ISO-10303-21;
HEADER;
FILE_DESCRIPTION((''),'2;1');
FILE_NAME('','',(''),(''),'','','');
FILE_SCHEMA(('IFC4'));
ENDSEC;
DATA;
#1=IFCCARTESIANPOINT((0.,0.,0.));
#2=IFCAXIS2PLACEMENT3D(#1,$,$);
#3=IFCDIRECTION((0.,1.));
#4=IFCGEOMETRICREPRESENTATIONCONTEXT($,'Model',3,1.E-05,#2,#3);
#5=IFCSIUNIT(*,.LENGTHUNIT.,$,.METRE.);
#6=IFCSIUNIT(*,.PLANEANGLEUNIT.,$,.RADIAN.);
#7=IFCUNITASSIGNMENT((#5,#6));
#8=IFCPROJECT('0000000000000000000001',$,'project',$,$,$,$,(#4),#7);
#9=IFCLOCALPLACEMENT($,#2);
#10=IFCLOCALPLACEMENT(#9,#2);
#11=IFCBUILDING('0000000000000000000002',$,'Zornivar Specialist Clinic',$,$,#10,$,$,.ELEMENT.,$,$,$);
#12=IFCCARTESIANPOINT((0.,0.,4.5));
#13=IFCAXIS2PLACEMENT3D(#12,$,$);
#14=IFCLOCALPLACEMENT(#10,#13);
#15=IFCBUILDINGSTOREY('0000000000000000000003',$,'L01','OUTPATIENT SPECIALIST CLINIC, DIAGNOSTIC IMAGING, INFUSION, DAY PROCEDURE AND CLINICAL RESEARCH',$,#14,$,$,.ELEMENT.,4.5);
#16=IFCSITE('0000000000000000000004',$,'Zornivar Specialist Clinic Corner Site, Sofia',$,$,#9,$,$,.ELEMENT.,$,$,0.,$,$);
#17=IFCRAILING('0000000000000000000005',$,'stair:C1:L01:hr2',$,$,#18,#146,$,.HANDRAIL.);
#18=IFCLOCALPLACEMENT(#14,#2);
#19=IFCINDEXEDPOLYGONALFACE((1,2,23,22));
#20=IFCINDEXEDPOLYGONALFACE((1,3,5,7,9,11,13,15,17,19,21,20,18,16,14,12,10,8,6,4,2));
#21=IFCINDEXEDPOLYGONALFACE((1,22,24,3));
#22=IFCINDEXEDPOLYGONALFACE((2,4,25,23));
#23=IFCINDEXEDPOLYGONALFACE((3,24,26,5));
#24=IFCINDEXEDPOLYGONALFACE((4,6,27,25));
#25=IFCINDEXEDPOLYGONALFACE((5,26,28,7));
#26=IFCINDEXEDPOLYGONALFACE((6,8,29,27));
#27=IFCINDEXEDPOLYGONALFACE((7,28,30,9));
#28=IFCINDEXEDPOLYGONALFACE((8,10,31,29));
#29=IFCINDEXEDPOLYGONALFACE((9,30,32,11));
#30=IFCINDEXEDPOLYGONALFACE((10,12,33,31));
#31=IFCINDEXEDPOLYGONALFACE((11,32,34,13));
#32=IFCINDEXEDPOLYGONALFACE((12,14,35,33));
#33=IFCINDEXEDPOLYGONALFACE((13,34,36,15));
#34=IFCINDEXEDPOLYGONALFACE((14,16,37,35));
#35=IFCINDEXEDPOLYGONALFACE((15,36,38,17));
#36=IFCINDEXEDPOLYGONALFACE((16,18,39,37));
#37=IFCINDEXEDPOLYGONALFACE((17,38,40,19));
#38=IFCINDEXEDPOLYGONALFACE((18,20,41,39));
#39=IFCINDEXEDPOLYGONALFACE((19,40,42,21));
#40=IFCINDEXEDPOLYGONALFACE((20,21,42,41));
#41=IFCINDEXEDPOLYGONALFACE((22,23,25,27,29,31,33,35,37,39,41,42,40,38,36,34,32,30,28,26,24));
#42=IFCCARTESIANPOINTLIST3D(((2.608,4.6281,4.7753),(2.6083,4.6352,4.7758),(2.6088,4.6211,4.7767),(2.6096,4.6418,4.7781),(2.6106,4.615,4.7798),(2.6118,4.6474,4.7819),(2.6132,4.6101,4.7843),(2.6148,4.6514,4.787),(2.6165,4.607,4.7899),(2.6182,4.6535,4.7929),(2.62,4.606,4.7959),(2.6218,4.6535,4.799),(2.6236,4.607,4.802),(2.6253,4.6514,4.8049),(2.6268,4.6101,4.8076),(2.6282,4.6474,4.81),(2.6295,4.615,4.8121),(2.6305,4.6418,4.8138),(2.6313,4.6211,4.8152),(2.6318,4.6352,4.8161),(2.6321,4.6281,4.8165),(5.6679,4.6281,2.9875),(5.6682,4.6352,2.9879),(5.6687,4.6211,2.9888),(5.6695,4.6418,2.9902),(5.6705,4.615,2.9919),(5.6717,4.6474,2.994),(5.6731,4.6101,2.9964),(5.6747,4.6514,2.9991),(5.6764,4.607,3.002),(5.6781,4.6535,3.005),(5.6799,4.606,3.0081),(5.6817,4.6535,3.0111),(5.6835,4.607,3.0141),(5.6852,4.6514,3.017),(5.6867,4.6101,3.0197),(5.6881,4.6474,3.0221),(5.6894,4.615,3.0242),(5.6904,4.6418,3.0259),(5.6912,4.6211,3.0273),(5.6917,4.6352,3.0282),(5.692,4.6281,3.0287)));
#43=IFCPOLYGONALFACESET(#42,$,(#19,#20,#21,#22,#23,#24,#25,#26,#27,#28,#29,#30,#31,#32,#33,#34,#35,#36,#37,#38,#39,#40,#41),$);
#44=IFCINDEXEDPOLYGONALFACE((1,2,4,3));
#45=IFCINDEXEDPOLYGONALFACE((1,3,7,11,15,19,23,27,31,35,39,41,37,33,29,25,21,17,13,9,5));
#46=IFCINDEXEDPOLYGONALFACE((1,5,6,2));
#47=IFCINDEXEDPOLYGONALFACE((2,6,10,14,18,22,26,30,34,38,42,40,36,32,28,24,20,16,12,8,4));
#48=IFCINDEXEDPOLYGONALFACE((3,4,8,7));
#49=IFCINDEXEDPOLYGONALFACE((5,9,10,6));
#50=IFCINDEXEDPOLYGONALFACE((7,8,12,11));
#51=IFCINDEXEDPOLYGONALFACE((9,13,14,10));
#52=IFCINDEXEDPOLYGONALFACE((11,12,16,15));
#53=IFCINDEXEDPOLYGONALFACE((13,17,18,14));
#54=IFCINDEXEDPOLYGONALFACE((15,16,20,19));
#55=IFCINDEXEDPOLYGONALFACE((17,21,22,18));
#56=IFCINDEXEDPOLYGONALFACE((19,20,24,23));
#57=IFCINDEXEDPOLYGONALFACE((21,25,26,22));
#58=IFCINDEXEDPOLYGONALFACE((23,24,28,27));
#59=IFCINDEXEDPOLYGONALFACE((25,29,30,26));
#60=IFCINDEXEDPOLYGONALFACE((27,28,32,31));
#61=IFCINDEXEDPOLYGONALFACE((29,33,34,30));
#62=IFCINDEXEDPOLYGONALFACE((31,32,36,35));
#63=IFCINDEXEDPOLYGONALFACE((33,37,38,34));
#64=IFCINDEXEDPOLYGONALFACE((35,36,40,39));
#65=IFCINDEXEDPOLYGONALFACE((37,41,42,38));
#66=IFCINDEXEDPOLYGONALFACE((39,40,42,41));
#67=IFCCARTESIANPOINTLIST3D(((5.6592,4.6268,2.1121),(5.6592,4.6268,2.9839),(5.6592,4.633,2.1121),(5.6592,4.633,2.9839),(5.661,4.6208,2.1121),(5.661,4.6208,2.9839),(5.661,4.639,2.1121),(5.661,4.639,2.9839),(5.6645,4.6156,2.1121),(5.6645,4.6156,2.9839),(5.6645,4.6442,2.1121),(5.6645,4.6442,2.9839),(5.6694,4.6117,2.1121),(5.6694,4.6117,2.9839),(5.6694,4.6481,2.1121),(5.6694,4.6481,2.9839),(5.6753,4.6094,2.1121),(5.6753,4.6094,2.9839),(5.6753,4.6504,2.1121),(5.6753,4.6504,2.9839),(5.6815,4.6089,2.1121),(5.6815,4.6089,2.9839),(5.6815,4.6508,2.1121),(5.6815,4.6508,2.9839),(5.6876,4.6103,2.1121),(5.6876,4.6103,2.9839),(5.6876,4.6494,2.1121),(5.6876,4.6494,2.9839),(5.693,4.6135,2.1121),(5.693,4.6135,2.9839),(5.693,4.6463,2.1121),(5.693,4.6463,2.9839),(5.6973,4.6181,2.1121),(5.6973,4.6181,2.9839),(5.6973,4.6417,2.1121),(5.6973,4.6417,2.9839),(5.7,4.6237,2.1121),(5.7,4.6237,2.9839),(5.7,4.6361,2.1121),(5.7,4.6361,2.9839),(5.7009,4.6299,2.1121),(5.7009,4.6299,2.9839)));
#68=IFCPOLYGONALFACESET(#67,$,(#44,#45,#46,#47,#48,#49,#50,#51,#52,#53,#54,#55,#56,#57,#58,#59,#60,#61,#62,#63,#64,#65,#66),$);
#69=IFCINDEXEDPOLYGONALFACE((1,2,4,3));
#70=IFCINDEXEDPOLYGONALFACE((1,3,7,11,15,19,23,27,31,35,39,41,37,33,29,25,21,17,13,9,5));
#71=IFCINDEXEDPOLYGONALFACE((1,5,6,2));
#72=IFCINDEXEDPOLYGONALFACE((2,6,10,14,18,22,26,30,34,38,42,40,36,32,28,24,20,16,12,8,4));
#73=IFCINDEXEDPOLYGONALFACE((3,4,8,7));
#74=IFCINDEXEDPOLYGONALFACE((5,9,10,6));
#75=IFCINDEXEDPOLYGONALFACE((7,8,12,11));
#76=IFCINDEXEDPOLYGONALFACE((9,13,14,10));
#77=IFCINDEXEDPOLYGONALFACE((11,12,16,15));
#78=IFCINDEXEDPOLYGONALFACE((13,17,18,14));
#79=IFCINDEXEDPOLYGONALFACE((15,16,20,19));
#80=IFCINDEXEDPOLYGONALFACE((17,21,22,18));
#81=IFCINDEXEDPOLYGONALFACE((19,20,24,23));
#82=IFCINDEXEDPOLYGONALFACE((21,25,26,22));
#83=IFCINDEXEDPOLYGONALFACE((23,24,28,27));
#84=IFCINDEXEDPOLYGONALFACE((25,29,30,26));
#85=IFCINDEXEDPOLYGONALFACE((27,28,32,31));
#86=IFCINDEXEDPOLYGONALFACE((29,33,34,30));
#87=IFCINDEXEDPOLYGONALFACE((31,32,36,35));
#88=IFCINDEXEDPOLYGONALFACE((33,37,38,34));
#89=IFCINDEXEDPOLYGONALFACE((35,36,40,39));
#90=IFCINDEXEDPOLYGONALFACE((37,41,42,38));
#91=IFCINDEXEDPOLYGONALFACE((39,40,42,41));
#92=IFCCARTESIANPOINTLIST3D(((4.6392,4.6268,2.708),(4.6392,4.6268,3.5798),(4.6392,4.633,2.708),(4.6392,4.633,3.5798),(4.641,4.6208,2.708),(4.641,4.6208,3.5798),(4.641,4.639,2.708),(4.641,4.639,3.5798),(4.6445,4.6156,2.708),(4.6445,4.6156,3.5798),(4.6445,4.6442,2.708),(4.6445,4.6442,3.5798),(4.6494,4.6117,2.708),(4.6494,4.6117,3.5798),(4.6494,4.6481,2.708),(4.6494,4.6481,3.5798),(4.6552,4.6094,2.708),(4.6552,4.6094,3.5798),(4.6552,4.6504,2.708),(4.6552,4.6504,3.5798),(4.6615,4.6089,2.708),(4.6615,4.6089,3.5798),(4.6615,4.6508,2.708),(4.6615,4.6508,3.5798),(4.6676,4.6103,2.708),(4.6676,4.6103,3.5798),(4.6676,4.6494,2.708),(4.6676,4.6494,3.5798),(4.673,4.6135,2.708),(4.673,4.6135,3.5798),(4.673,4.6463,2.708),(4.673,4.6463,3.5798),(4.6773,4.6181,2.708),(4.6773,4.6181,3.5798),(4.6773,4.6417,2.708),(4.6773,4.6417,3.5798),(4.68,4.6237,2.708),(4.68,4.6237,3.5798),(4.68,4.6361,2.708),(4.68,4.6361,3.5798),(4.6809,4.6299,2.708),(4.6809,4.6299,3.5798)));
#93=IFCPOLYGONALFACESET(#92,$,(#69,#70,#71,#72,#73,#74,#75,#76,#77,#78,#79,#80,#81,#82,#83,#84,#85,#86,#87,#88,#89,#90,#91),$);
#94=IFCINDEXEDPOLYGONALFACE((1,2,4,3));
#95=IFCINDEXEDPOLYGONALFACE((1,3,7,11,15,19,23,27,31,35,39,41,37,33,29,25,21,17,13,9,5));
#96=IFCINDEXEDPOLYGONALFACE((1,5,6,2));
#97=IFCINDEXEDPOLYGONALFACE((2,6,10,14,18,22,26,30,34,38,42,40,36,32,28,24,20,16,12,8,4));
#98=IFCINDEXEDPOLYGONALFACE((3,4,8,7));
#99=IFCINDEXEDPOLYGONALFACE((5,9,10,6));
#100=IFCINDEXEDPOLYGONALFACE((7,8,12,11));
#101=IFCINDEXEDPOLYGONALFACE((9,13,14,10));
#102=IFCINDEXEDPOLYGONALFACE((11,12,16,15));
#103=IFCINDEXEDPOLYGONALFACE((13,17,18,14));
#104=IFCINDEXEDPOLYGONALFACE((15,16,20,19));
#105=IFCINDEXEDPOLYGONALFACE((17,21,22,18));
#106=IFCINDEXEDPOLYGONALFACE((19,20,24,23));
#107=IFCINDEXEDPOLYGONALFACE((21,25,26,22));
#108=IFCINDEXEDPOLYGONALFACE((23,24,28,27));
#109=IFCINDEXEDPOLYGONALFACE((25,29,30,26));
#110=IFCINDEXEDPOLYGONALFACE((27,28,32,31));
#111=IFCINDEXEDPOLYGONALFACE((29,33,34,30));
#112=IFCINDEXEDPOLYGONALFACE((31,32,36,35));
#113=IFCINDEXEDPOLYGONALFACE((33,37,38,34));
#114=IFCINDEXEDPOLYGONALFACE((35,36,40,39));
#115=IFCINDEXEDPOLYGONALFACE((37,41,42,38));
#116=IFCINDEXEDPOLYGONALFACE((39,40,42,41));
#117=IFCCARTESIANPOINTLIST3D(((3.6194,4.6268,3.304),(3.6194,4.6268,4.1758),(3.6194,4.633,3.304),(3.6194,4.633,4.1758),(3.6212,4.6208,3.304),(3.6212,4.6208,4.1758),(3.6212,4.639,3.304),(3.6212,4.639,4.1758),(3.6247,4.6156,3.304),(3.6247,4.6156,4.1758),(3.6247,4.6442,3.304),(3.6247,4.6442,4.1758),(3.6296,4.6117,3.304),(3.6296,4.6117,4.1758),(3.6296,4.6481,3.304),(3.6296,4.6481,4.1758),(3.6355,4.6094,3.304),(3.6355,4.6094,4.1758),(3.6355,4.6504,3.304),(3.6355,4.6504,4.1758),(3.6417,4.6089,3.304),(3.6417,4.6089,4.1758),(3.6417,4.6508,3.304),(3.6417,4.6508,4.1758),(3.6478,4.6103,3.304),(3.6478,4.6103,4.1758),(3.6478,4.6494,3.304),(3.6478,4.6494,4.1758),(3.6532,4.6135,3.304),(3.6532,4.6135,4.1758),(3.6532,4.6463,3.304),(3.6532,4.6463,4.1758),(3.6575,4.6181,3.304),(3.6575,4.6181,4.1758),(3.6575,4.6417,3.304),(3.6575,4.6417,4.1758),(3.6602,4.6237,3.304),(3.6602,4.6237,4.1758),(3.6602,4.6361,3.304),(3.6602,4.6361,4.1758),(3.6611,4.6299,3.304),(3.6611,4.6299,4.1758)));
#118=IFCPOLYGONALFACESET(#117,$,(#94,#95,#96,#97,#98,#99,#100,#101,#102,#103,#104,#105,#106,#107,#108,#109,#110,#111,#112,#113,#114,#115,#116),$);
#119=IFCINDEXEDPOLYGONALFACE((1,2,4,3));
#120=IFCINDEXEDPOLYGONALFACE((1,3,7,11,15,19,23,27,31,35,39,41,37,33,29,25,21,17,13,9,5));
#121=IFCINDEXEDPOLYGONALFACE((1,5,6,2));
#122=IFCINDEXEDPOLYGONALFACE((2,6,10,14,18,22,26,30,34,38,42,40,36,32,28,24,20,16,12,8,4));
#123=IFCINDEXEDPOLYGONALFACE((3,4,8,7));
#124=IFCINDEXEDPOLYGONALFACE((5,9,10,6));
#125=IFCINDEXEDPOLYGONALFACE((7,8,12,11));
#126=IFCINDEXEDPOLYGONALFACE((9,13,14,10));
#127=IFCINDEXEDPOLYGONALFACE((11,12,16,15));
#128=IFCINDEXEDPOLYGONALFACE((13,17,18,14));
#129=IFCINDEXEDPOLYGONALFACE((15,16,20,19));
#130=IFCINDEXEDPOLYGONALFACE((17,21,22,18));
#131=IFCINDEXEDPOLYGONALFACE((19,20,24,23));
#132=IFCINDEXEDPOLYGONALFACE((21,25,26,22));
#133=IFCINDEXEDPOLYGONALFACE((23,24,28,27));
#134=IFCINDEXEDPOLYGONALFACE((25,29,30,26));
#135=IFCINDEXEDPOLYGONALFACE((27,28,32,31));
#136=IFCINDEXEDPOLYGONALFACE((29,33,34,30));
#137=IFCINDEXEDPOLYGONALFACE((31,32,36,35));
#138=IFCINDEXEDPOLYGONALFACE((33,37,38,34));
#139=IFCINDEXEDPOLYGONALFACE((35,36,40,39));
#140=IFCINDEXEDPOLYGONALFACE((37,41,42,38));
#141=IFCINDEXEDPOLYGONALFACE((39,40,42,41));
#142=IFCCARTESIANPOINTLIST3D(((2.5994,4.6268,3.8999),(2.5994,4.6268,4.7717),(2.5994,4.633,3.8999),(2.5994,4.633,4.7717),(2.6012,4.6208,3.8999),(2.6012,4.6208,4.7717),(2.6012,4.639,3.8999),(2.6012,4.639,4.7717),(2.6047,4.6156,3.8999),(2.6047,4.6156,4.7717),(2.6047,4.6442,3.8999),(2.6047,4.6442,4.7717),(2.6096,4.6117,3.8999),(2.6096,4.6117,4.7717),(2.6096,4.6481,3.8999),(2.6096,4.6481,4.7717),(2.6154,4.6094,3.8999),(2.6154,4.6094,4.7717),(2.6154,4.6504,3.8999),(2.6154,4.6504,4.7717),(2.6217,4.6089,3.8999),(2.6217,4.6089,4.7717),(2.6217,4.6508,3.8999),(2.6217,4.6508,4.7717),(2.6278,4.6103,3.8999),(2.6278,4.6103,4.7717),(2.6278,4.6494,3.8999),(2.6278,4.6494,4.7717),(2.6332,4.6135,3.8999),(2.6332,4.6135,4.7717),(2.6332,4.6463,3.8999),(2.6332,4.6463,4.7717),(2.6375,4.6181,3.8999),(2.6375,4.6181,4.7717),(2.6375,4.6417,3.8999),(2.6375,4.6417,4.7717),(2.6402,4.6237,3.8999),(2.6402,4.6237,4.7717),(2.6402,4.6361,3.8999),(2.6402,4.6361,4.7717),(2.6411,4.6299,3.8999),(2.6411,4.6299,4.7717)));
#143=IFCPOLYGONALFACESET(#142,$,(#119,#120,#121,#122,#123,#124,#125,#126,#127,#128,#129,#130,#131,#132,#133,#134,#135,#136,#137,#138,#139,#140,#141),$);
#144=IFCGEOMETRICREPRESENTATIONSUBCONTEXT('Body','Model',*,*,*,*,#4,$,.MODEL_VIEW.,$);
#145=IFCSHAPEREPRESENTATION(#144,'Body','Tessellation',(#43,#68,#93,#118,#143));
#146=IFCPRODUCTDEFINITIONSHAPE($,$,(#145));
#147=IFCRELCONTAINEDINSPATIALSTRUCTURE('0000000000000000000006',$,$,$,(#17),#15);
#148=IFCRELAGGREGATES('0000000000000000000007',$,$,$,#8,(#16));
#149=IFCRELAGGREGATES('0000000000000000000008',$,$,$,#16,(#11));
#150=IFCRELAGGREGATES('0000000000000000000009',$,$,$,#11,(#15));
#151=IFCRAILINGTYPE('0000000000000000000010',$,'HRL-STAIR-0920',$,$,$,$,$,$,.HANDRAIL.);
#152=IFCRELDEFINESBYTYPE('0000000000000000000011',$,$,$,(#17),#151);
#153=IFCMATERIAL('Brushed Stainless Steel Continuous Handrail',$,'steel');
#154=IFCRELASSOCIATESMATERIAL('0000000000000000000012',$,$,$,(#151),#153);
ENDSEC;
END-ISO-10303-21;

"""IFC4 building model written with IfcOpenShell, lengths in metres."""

from ifc_helpers import new_model, si_unit, direction, frame, origin, origin_2d, place, context, subcontext, project, spatial, circle, extrude, material, type_object, element, save


model = new_model("IFC4")

# Units and contexts
model_context = context("Model", 3, precision=1e-05, world=origin(), true_north=direction((0.0, 1.0)))
body_context = subcontext(model_context, "Body", "Model", "MODEL_VIEW")
ifc_project = project(units=[si_unit("LENGTHUNIT", "METRE"), si_unit("PLANEANGLEUNIT", "RADIAN")], contexts=[model_context])

# Site, building, storey
site_placement = place(None, origin())
site = spatial("IfcSite", under=ifc_project, at=site_placement, Name="Zornivar Specialist Clinic Corner Site, Sofia", CompositionType="ELEMENT", RefElevation=0.0)
building_placement = place(site_placement, origin())
building = spatial("IfcBuilding", under=site, at=building_placement, Name="Zornivar Specialist Clinic", CompositionType="ELEMENT")
storey_placement = place(building_placement, frame((0.0, 0.0, 4.5)))
storey = spatial("IfcBuildingStorey", under=building, at=storey_placement, Name="L01", Description="OUTPATIENT SPECIALIST CLINIC, DIAGNOSTIC IMAGING, INFUSION, DAY PROCEDURE AND CLINICAL RESEARCH", CompositionType="ELEMENT", Elevation=4.5)

# Railing
ifc_material_1 = material(Name="Brushed Stainless Steel Continuous Handrail", Category="steel")
railing_type_1 = type_object("IfcRailingType", Name="HRL-STAIR-0920", PredefinedType="HANDRAIL", material=ifc_material_1)
railing_1_placement = place(storey_placement, frame((5.6799, 4.6299, 2.1121)))
element("IfcRailing", 1, at=railing_1_placement, inside=storey, type_object=railing_type_1, Name="stair:C1:L01:hr2", PredefinedType="HANDRAIL", context=body_context, shape_type="SweptSolid", body=[
    extrude(circle(Radius=0.0239, at=origin_2d()), frame((0.0, 0.0, 0.896), z_axis=(-0.863416, 0.0, 0.504492), x_axis=(0.0, -1.0, 0.0)), (0.0, 0.0, 1.0), 3.5439),
    extrude(circle(Radius=0.021, at=origin_2d()), origin(), (0.0, 0.0, 1.0), 0.8718),
    extrude(circle(Radius=0.021, at=origin_2d()), frame((-1.02, 0.0, 0.5959)), (0.0, 0.0, 1.0), 0.8718),
    extrude(circle(Radius=0.021, at=origin_2d()), frame((-2.0398, 0.0, 1.1919)), (0.0, 0.0, 1.0), 0.8718),
    extrude(circle(Radius=0.021, at=origin_2d()), frame((-3.0598, 0.0, 1.7878)), (0.0, 0.0, 1.0), 0.8718),
])

save(model, "model.ifc")
